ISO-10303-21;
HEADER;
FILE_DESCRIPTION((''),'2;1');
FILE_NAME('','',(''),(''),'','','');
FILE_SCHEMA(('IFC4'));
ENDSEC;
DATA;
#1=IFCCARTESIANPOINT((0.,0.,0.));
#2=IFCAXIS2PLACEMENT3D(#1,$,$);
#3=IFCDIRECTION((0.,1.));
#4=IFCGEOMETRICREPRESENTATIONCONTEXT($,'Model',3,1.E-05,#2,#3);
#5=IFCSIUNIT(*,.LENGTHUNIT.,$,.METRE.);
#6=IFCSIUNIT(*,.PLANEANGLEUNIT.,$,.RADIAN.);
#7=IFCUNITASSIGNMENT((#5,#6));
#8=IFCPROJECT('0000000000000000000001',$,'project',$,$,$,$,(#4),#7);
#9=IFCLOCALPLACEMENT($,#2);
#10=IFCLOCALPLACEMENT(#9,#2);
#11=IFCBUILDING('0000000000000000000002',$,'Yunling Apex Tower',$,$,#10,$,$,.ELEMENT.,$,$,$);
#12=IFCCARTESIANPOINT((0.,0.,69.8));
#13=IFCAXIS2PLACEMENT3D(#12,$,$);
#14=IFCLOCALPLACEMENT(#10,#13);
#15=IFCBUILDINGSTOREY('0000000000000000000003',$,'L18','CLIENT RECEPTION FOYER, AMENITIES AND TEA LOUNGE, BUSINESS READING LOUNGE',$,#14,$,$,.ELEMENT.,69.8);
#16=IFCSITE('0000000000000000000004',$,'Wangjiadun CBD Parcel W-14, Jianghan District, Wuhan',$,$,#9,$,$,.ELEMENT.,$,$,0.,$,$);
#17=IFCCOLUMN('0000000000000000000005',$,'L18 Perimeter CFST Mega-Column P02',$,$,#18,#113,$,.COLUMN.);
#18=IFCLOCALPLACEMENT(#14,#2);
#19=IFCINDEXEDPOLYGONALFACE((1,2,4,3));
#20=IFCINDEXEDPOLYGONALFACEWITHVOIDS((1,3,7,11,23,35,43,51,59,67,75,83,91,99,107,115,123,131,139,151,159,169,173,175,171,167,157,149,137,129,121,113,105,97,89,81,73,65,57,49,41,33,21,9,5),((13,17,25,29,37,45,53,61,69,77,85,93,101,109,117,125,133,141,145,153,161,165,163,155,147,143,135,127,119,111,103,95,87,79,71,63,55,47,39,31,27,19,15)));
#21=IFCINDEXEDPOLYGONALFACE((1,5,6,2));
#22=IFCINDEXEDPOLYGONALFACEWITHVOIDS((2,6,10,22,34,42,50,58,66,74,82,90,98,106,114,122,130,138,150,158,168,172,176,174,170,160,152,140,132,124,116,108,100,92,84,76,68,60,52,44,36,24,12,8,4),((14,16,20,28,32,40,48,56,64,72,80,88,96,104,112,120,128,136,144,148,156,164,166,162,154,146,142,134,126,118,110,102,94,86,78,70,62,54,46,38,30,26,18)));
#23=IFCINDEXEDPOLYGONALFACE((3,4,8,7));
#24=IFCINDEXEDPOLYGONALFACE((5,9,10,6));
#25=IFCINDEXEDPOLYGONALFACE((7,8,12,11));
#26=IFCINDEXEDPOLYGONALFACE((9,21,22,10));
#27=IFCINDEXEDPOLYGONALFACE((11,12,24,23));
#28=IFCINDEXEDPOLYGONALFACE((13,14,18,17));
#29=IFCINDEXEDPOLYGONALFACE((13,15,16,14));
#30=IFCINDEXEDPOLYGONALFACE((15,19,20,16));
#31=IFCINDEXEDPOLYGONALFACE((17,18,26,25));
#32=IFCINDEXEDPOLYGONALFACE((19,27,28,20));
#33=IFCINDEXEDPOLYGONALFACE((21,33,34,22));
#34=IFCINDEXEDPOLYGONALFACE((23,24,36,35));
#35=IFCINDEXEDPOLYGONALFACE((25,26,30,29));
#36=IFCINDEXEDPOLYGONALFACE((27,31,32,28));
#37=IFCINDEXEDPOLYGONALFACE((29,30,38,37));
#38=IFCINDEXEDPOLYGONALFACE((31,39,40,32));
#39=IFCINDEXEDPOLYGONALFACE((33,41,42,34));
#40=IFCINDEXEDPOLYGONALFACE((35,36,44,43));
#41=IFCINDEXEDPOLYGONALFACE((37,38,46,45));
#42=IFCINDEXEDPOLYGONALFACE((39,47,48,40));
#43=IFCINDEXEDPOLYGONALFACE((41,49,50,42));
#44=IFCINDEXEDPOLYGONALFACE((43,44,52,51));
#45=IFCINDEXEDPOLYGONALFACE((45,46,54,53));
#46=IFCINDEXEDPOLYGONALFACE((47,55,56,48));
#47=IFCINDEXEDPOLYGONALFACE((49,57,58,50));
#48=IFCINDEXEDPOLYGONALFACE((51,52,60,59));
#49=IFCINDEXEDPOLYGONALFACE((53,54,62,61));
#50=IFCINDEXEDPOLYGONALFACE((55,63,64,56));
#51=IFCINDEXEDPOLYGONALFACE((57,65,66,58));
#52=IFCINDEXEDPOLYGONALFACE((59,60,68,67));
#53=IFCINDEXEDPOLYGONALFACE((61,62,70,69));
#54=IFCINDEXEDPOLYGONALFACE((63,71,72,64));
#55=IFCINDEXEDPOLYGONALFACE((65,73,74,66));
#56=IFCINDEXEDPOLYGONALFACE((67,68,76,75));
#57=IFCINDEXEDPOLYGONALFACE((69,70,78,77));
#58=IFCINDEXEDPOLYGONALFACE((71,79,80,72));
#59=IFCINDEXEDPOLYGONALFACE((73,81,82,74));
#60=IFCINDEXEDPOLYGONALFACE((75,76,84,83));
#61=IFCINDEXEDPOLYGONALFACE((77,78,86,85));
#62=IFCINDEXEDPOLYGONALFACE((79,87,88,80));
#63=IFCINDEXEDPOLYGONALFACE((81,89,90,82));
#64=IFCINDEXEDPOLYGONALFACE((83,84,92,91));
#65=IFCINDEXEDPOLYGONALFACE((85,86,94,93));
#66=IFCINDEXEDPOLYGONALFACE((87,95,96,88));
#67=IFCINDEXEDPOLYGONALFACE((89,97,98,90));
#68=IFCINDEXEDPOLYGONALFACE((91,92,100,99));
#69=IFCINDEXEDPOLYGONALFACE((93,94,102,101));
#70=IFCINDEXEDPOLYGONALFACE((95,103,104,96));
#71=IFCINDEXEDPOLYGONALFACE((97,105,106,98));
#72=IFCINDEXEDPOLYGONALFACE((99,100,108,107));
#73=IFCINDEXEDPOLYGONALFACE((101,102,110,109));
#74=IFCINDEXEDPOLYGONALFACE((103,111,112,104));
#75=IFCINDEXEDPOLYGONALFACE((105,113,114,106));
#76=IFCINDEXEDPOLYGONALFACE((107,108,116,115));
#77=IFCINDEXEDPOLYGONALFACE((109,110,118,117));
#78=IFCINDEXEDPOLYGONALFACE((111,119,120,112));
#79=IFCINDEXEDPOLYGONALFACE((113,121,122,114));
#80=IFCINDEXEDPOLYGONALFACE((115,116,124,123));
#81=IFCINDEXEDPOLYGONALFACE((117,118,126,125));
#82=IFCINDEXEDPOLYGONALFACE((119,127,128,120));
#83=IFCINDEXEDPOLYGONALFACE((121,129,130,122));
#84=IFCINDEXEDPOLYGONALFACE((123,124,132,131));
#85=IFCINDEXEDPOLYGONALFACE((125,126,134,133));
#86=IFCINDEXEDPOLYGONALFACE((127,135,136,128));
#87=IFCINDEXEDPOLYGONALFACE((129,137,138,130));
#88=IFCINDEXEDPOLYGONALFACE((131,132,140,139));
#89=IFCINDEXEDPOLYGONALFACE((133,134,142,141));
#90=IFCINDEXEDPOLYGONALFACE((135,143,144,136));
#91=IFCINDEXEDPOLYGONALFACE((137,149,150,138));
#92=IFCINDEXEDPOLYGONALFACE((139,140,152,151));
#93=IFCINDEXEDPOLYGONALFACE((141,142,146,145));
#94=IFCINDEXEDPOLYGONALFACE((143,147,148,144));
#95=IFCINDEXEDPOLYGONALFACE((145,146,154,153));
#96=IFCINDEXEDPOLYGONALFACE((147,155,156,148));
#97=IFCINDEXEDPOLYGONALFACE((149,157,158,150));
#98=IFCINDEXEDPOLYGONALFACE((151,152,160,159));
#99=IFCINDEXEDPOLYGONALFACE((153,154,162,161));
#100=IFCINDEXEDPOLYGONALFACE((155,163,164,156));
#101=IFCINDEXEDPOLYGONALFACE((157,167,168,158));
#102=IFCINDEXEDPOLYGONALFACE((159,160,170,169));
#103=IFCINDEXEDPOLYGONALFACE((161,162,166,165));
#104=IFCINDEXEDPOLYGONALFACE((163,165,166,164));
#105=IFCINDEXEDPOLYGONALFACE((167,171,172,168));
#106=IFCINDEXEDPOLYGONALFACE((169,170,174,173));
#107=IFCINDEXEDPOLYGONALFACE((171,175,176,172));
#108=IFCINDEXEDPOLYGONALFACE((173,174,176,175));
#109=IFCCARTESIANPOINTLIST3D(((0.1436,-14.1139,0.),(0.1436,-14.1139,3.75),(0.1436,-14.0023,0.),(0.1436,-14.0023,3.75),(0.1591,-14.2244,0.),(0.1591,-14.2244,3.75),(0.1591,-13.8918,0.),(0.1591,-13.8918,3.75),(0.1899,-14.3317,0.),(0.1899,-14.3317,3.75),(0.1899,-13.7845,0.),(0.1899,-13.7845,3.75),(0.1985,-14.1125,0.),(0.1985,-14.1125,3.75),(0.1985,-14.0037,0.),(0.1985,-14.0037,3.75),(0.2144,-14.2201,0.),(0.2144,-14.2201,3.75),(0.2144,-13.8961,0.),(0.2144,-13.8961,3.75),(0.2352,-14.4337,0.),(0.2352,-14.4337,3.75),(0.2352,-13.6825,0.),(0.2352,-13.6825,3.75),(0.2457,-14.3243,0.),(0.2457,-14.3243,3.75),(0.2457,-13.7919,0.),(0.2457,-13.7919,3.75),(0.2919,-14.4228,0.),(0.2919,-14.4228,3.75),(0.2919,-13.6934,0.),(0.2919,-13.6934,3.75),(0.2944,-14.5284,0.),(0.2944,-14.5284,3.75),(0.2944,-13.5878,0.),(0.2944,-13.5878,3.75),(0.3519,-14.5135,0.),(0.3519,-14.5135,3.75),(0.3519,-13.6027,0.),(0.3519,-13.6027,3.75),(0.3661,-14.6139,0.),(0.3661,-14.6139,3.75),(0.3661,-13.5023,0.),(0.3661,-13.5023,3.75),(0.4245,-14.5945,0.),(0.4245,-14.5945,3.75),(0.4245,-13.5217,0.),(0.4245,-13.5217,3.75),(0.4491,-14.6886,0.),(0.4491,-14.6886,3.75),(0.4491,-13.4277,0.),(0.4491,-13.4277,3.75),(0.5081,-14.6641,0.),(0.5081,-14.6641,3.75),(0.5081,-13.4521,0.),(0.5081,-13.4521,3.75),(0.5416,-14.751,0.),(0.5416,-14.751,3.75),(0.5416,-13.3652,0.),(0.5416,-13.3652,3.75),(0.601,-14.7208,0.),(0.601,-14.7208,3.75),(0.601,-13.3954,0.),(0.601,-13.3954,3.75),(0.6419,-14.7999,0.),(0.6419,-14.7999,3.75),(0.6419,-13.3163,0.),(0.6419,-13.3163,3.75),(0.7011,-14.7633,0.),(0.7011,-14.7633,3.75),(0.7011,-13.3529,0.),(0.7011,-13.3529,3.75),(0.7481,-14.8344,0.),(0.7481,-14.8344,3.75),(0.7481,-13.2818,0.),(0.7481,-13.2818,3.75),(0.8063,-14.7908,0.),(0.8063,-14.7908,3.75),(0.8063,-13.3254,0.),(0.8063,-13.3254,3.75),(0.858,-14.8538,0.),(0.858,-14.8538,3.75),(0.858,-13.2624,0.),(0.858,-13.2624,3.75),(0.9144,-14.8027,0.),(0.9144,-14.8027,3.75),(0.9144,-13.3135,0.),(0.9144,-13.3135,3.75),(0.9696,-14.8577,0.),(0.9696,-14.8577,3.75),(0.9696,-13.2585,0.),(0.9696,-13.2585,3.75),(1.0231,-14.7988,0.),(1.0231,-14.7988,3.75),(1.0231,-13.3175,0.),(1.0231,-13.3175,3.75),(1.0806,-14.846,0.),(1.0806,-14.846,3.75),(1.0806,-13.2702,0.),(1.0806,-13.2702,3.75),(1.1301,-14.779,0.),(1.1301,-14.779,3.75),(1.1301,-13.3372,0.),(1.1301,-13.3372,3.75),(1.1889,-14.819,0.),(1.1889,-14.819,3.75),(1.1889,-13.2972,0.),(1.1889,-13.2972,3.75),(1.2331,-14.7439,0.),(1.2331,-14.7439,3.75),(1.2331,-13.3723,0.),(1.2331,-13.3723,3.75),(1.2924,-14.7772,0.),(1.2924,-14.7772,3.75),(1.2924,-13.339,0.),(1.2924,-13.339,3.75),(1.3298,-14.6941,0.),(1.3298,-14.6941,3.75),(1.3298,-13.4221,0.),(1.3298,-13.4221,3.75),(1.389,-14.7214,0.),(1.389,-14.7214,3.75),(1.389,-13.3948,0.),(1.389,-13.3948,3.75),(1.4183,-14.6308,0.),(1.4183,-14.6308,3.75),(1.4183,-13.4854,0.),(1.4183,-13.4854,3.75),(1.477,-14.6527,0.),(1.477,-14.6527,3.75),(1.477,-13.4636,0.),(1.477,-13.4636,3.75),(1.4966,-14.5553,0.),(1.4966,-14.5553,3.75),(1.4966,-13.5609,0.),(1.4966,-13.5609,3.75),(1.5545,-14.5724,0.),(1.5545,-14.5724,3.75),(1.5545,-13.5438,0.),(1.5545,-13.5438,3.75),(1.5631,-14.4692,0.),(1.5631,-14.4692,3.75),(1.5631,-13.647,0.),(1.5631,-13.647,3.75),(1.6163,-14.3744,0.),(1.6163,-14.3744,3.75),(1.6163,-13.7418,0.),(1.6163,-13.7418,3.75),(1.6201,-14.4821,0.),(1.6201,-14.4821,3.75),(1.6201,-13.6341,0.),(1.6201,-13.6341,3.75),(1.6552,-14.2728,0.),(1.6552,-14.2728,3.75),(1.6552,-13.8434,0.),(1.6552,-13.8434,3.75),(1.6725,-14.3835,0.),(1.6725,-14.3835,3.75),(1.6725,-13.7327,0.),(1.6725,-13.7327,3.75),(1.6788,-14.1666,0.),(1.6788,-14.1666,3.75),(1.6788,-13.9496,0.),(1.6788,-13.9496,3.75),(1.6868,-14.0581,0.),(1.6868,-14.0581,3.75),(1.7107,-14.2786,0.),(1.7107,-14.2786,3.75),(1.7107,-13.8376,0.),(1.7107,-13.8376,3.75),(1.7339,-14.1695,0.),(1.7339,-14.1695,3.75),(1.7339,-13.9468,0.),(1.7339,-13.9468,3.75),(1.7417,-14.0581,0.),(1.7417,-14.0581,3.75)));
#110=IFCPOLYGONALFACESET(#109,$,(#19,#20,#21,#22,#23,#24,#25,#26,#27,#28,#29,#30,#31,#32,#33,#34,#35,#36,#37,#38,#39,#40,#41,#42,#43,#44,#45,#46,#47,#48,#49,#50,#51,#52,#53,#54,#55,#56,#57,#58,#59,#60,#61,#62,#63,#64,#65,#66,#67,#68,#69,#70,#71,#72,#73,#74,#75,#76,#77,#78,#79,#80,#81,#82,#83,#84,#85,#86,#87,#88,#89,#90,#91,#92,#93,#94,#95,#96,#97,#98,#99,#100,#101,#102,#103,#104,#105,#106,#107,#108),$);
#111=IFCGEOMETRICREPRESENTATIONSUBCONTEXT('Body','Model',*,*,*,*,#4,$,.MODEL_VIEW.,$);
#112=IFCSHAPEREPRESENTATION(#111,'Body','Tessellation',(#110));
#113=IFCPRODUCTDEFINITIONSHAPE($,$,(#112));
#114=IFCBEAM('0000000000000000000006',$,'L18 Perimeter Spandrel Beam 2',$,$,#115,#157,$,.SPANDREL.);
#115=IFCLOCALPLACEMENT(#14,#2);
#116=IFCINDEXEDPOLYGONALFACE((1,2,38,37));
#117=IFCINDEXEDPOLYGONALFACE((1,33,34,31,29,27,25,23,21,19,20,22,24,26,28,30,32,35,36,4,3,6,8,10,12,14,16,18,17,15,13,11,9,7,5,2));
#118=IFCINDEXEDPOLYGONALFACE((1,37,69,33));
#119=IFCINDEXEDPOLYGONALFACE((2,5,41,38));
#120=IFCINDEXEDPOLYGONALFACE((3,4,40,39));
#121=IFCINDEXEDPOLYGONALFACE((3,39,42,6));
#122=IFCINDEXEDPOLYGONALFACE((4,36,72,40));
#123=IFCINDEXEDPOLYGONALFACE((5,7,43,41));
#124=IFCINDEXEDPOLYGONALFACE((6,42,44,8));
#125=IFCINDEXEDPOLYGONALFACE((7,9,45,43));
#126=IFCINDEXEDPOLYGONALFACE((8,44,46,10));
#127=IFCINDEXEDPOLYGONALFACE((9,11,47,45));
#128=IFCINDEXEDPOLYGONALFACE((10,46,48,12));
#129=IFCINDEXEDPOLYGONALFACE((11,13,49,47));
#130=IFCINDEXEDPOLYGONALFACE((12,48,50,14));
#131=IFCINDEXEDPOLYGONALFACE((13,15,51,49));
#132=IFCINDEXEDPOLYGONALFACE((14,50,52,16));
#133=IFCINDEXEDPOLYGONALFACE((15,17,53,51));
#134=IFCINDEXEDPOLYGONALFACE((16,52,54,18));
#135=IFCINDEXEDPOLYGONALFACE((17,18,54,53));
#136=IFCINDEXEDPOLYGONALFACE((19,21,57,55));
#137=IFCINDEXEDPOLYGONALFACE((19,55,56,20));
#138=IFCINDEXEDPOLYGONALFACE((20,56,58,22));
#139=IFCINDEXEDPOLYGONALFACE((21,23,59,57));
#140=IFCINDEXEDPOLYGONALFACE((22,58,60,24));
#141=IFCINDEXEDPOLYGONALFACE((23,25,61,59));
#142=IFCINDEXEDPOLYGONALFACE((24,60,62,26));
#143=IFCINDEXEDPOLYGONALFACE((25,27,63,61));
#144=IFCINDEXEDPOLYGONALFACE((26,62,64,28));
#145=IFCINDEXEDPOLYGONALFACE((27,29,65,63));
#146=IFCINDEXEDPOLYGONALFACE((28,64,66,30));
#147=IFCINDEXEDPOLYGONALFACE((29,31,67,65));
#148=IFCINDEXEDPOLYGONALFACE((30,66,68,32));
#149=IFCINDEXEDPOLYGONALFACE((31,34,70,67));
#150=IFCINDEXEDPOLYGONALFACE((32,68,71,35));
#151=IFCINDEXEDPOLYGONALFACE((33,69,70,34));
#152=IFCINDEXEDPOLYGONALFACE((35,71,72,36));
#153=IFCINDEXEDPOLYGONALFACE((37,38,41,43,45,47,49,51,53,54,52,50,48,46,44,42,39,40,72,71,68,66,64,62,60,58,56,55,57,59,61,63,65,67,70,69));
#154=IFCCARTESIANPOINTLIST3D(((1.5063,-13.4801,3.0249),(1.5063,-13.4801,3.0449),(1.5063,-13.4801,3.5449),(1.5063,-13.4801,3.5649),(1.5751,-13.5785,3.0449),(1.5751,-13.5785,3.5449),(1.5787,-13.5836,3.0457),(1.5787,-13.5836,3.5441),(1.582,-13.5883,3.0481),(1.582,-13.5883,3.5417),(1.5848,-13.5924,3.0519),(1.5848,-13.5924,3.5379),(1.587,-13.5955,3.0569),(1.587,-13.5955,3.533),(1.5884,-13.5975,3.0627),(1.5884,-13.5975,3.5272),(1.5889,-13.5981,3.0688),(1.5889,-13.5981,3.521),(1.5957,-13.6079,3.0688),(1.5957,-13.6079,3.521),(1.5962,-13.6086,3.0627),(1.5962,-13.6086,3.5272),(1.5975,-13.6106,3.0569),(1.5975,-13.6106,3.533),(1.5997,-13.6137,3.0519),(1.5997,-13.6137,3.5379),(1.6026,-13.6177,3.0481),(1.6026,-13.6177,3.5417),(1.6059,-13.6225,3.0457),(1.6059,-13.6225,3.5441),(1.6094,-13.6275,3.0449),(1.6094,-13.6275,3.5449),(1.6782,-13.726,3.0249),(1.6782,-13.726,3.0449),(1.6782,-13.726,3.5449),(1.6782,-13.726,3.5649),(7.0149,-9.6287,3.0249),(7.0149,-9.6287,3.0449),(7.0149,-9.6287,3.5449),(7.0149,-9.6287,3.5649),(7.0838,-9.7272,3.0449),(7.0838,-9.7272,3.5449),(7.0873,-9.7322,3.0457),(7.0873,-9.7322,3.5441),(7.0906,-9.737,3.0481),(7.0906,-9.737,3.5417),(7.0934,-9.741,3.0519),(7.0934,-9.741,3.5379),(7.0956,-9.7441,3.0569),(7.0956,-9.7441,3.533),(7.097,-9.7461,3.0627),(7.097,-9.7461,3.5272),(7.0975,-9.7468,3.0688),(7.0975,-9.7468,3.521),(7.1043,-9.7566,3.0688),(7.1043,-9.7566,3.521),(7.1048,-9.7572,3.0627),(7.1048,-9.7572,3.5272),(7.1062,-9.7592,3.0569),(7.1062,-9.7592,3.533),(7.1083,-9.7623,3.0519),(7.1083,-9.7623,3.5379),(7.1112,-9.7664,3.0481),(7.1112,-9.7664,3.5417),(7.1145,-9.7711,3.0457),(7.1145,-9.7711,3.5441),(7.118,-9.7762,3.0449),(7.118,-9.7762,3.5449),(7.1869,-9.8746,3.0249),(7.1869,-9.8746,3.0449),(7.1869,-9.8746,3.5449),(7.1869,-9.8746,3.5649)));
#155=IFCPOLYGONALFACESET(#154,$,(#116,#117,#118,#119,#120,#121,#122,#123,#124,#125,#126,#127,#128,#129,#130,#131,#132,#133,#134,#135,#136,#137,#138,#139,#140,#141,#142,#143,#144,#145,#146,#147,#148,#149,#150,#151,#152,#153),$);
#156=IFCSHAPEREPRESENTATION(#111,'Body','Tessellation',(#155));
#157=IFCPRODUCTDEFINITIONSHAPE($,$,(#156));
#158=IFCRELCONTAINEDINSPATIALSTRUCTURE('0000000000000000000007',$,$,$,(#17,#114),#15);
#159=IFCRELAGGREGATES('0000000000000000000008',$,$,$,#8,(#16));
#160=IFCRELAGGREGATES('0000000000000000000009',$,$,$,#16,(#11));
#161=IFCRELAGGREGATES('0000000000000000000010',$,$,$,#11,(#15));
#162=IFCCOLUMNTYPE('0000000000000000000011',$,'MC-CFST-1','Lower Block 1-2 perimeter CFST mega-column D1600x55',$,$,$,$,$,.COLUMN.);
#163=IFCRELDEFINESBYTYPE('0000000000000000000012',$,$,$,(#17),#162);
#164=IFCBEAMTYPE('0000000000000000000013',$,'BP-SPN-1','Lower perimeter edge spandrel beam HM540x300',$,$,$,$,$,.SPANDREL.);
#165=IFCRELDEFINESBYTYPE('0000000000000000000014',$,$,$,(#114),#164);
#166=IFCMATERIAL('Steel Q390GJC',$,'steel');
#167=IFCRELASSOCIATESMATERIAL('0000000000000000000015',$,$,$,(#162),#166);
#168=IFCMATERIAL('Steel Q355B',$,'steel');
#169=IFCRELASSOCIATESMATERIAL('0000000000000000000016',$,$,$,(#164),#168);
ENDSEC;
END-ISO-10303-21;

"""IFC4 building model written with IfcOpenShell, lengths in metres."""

from ifc_helpers import new_model, si_unit, direction, frame, origin, origin_2d, place, context, subcontext, project, spatial, hollow_circle, i_section, extrude, source, transform, mapped, material, material_profile, profile_set, type_object, element, save


model = new_model("IFC4")

# Units and contexts
model_context = context("Model", 3, precision=1e-05, world=origin(), true_north=direction((0.0, 1.0)))
body_context = subcontext(model_context, "Body", "Model", "MODEL_VIEW")
ifc_project = project(units=[si_unit("LENGTHUNIT", "METRE"), si_unit("PLANEANGLEUNIT", "RADIAN")], contexts=[model_context])

# Site, building, storey
site_placement = place(None, origin())
site = spatial("IfcSite", under=ifc_project, at=site_placement, Name="Wangjiadun CBD Parcel W-14, Jianghan District, Wuhan", CompositionType="ELEMENT", RefElevation=0.0)
building_placement = place(site_placement, origin())
building = spatial("IfcBuilding", under=site, at=building_placement, Name="Yunling Apex Tower", CompositionType="ELEMENT")
storey_placement = place(building_placement, frame((0.0, 0.0, 69.8)))
storey = spatial("IfcBuildingStorey", under=building, at=storey_placement, Name="L18", Description="CLIENT RECEPTION FOYER, AMENITIES AND TEA LOUNGE, BUSINESS READING LOUNGE", CompositionType="ELEMENT", Elevation=69.8)

# Column
ifc_material_1 = material(Name="Steel Q390GJC", Category="steel")
ifc_material_profile_1 = material_profile(ifc_material_1, hollow_circle(Radius=0.8, WallThickness=0.0549, at=origin_2d()))
ifc_profile_set_1 = profile_set([ifc_material_profile_1], Name="Steel Q390GJC")
column_type = type_object("IfcColumnType", Name="MC-CFST-1", Description="Lower Block 1-2 perimeter CFST mega-column D1600x55", PredefinedType="COLUMN", material=ifc_profile_set_1)
shared_shape_1 = source(origin(), body_context, "Body", "SweptSolid", [
    extrude(hollow_circle(Radius=0.8, WallThickness=0.0549, at=origin_2d()), origin(), (0.0, 0.0, 1.0), 3.75),
])
column_placement = place(storey_placement, frame((0.9417, -14.0581, 0.0), z_axis=(0.0, 0.0, 1.0), x_axis=(1.0, 0.0, 0.0)))
element("IfcColumn", 1, at=column_placement, inside=storey, type_object=column_type, Name="L18 Perimeter CFST Mega-Column P02", PredefinedType="COLUMN", context=body_context, shape_type="MappedRepresentation", body=[
    mapped(shared_shape_1, transform((0.0, 0.0, 0.0), scale=1.0)),
])

# Beam
ifc_material_2 = material(Name="Steel Q355B", Category="steel")
ifc_material_profile_2 = material_profile(ifc_material_2, i_section(OverallWidth=0.3, OverallDepth=0.54, WebThickness=0.012, FlangeThickness=0.02, FilletRadius=0.0239, at=origin_2d()))
ifc_profile_set_2 = profile_set([ifc_material_profile_2], Name="Steel Q355B")
beam_type_1 = type_object("IfcBeamType", Name="BP-SPN-1", Description="Lower perimeter edge spandrel beam HM540x300", PredefinedType="SPANDREL", material=ifc_profile_set_2)
shared_shape_2 = source(origin(), body_context, "Body", "SweptSolid", [
    extrude(i_section(OverallWidth=0.3, OverallDepth=0.54, WebThickness=0.012, FlangeThickness=0.02, FilletRadius=0.0239, at=origin_2d()), origin(), (0.0, 0.0, 1.0), 6.7214),
])
beam_1_placement = place(storey_placement, frame((1.5923, -13.603, 3.2949), z_axis=(0.819558, 0.572997, 0.0), x_axis=(-0.572997, 0.819558, 0.0)))
element("IfcBeam", 2, at=beam_1_placement, inside=storey, type_object=beam_type_1, Name="L18 Perimeter Spandrel Beam 2", PredefinedType="SPANDREL", context=body_context, shape_type="MappedRepresentation", body=[
    mapped(shared_shape_2, transform((0.0, 0.0, 0.0), scale=1.0)),
])

save(model, "model.ifc")
